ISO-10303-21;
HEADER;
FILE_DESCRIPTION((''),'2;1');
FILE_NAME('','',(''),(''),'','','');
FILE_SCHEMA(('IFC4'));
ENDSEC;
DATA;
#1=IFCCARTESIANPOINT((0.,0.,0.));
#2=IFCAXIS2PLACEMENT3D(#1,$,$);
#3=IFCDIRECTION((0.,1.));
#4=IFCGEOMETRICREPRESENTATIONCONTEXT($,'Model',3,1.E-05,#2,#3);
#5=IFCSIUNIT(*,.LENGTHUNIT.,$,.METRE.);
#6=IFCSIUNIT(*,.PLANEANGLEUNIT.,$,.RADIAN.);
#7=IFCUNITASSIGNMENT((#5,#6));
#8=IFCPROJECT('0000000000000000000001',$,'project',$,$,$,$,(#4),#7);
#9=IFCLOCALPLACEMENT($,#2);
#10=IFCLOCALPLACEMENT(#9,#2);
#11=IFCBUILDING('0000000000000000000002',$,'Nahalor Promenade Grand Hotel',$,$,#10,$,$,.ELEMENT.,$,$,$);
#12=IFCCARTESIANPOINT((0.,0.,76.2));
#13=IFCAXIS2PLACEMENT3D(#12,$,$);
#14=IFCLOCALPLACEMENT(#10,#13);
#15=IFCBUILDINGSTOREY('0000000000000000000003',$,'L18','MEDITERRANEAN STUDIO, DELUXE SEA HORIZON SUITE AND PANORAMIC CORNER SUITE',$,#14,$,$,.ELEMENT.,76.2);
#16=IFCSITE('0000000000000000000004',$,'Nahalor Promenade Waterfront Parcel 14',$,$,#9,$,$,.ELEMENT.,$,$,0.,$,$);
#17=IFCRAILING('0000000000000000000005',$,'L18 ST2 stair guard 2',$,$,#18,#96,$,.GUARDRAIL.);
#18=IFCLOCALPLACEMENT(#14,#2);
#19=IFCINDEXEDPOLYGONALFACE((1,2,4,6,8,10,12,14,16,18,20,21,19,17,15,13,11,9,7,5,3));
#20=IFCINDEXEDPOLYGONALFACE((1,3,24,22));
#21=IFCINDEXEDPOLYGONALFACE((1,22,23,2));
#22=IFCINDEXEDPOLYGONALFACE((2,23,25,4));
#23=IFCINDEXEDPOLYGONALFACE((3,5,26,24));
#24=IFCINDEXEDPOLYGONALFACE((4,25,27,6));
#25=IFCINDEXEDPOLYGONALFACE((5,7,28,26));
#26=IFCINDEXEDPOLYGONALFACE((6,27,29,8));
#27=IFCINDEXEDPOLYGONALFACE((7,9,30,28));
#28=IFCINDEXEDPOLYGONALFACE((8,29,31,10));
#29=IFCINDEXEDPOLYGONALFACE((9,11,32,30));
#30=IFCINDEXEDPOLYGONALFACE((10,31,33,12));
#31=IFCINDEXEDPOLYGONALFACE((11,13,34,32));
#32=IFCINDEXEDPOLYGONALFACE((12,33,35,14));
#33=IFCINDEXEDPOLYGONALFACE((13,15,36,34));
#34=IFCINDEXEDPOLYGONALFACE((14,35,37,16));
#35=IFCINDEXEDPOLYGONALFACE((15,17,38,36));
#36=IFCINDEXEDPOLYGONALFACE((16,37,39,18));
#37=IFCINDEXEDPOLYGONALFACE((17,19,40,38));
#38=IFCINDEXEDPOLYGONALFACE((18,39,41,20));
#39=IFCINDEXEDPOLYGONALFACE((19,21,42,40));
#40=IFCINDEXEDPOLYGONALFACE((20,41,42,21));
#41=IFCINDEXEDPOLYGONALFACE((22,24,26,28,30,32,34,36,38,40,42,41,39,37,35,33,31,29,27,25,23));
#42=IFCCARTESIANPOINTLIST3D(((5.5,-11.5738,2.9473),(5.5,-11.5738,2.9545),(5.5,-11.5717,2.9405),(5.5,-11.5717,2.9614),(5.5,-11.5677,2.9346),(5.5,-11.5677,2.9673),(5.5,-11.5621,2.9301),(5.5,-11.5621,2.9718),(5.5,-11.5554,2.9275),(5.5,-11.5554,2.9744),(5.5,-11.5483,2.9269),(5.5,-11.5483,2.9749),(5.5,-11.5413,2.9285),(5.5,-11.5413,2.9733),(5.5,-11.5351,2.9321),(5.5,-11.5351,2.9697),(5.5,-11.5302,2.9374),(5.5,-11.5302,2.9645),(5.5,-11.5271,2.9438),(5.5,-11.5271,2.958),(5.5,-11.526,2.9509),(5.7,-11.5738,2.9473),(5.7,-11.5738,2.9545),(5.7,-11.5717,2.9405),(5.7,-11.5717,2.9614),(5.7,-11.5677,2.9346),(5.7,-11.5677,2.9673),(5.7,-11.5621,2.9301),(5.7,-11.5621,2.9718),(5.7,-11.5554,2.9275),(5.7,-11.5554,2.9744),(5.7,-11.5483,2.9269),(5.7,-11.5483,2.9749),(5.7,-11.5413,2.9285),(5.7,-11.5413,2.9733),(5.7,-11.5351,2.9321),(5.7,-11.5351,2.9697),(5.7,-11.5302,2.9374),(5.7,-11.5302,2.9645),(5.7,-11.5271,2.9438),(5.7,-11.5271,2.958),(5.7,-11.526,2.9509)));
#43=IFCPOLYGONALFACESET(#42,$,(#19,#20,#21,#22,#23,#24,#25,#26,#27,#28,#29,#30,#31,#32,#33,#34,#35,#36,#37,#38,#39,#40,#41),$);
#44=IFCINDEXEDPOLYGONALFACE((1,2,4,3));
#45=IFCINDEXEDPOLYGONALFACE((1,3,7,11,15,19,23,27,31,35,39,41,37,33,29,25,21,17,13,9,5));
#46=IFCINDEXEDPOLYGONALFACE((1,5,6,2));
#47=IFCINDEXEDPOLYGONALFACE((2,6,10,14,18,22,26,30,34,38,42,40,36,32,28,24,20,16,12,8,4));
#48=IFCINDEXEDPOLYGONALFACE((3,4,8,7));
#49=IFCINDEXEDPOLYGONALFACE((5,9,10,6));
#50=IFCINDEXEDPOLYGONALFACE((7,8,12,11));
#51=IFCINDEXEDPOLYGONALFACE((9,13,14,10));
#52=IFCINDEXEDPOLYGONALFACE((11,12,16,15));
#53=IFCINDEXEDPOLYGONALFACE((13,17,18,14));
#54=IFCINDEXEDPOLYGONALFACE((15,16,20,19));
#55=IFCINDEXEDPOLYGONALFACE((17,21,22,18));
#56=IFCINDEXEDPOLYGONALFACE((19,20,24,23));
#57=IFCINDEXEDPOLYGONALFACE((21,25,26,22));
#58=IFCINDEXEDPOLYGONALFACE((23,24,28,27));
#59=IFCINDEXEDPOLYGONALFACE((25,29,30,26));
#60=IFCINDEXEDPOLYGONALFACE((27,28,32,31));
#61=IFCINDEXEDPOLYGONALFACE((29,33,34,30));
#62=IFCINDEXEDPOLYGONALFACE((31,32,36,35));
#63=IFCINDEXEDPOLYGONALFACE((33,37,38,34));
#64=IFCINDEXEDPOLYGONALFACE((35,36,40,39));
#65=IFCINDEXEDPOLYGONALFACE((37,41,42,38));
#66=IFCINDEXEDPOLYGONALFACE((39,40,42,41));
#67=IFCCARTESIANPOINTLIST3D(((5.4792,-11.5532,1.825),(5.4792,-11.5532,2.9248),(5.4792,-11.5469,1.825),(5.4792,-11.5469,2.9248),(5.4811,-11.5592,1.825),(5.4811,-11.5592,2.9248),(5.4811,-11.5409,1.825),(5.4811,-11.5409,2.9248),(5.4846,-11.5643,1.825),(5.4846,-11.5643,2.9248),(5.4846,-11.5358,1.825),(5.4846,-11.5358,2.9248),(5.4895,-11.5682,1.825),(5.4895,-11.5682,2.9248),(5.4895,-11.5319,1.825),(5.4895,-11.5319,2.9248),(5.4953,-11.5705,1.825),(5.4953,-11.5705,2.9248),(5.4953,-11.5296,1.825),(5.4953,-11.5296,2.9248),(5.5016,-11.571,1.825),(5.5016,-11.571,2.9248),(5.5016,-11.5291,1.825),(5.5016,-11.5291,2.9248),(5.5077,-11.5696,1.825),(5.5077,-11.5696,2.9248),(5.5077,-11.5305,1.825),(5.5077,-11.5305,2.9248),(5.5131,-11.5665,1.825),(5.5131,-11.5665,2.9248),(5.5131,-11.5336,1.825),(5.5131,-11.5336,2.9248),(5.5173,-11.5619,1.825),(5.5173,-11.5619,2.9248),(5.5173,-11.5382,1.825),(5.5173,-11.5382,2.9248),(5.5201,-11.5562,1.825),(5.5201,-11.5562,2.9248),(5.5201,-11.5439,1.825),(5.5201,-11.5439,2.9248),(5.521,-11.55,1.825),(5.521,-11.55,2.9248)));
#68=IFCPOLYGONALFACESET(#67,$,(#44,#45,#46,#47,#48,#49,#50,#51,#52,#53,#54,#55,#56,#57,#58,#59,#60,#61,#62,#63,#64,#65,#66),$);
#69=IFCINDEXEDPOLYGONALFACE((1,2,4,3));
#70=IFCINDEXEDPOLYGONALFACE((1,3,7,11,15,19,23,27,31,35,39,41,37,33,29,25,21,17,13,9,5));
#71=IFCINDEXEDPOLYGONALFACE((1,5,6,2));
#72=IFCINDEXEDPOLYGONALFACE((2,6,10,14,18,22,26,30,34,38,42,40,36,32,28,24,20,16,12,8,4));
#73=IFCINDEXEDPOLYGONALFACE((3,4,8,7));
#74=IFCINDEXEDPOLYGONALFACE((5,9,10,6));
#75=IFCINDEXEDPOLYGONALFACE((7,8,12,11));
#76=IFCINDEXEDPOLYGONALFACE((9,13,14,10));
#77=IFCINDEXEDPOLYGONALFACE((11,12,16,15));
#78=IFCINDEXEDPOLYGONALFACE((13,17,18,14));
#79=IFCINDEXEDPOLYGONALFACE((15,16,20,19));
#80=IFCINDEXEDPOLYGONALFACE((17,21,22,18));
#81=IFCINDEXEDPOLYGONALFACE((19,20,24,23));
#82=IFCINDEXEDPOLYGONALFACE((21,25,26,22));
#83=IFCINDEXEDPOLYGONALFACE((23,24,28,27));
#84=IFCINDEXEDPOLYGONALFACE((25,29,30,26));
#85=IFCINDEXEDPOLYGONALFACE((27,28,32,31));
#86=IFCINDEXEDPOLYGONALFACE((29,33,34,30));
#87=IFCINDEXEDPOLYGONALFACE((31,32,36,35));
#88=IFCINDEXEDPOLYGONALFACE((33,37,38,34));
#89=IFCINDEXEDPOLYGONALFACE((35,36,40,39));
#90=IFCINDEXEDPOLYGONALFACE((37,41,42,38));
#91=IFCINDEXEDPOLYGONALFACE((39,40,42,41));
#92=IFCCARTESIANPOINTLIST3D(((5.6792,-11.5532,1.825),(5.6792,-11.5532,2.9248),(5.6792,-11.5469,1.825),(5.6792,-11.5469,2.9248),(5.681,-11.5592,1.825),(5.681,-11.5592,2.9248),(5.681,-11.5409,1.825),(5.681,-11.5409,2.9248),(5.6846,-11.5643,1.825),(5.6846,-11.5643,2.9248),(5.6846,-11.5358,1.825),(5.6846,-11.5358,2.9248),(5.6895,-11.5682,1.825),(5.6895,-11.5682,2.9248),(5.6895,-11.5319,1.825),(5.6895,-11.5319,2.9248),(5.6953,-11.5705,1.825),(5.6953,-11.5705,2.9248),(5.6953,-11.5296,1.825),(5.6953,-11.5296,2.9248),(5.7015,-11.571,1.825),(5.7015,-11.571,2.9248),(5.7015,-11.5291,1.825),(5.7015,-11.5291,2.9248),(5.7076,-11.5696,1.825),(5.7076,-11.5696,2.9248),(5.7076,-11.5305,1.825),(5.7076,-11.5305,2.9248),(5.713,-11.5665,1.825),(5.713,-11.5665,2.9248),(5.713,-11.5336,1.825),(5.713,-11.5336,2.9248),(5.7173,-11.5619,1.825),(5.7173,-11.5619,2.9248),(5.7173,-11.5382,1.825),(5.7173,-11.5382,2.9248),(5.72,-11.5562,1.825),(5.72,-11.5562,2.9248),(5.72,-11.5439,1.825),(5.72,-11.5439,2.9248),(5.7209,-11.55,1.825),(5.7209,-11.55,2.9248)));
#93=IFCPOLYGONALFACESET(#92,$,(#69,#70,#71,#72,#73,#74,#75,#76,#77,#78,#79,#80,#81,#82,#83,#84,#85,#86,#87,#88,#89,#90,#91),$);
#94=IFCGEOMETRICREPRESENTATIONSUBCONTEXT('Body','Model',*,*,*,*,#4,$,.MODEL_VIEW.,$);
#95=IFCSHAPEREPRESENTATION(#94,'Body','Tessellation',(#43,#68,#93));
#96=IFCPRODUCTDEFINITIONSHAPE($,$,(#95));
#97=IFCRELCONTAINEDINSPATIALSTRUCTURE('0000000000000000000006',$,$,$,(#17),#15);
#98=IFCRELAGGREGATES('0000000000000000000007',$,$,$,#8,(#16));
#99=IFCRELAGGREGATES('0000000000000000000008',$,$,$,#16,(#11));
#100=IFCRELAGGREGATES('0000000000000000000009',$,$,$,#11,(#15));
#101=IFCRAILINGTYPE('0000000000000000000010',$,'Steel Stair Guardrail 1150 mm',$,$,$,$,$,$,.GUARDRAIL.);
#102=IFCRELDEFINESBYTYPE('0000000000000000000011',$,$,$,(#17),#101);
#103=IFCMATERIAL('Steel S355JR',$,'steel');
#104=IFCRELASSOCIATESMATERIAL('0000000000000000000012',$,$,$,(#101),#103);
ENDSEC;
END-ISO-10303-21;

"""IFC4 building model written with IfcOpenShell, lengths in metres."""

from ifc_helpers import new_model, si_unit, direction, frame, origin, origin_2d, place, context, subcontext, project, spatial, circle, extrude, material, type_object, element, save


model = new_model("IFC4")

# Units and contexts
model_context = context("Model", 3, precision=1e-05, world=origin(), true_north=direction((0.0, 1.0)))
body_context = subcontext(model_context, "Body", "Model", "MODEL_VIEW")
ifc_project = project(units=[si_unit("LENGTHUNIT", "METRE"), si_unit("PLANEANGLEUNIT", "RADIAN")], contexts=[model_context])

# Site, building, storey
site_placement = place(None, origin())
site = spatial("IfcSite", under=ifc_project, at=site_placement, Name="Nahalor Promenade Waterfront Parcel 14", CompositionType="ELEMENT", RefElevation=0.0)
building_placement = place(site_placement, origin())
building = spatial("IfcBuilding", under=site, at=building_placement, Name="Nahalor Promenade Grand Hotel", CompositionType="ELEMENT")
storey_placement = place(building_placement, frame((0.0, 0.0, 76.2)))
storey = spatial("IfcBuildingStorey", under=building, at=storey_placement, Name="L18", Description="MEDITERRANEAN STUDIO, DELUXE SEA HORIZON SUITE AND PANORAMIC CORNER SUITE", CompositionType="ELEMENT", Elevation=76.2)

# Shared definitions
ifc_material_1 = material(Name="Steel S355JR", Category="steel")

# Railing
railing_type_1 = type_object("IfcRailingType", Name="Steel Stair Guardrail 1150 mm", PredefinedType="GUARDRAIL", material=ifc_material_1)
railing_1_placement = place(storey_placement, frame((5.5, -11.55, 1.825)))
element("IfcRailing", 1, at=railing_1_placement, inside=storey, type_object=railing_type_1, Name="L18 ST2 stair guard 2", PredefinedType="GUARDRAIL", context=body_context, shape_type="SweptSolid", body=[
    extrude(circle(Radius=0.024, at=origin_2d()), frame((0.0, 0.0, 1.126), z_axis=(1.0, 0.0, 0.0), x_axis=(0.0, 1.0, 0.0)), (0.0, 0.0, 1.0), 0.2),
    extrude(circle(Radius=0.021, at=origin_2d()), origin(), (0.0, 0.0, 1.0), 1.0999),
    extrude(circle(Radius=0.021, at=origin_2d()), frame((0.2, 0.0, 0.0)), (0.0, 0.0, 1.0), 1.0999),
])

save(model, "model.ifc")
